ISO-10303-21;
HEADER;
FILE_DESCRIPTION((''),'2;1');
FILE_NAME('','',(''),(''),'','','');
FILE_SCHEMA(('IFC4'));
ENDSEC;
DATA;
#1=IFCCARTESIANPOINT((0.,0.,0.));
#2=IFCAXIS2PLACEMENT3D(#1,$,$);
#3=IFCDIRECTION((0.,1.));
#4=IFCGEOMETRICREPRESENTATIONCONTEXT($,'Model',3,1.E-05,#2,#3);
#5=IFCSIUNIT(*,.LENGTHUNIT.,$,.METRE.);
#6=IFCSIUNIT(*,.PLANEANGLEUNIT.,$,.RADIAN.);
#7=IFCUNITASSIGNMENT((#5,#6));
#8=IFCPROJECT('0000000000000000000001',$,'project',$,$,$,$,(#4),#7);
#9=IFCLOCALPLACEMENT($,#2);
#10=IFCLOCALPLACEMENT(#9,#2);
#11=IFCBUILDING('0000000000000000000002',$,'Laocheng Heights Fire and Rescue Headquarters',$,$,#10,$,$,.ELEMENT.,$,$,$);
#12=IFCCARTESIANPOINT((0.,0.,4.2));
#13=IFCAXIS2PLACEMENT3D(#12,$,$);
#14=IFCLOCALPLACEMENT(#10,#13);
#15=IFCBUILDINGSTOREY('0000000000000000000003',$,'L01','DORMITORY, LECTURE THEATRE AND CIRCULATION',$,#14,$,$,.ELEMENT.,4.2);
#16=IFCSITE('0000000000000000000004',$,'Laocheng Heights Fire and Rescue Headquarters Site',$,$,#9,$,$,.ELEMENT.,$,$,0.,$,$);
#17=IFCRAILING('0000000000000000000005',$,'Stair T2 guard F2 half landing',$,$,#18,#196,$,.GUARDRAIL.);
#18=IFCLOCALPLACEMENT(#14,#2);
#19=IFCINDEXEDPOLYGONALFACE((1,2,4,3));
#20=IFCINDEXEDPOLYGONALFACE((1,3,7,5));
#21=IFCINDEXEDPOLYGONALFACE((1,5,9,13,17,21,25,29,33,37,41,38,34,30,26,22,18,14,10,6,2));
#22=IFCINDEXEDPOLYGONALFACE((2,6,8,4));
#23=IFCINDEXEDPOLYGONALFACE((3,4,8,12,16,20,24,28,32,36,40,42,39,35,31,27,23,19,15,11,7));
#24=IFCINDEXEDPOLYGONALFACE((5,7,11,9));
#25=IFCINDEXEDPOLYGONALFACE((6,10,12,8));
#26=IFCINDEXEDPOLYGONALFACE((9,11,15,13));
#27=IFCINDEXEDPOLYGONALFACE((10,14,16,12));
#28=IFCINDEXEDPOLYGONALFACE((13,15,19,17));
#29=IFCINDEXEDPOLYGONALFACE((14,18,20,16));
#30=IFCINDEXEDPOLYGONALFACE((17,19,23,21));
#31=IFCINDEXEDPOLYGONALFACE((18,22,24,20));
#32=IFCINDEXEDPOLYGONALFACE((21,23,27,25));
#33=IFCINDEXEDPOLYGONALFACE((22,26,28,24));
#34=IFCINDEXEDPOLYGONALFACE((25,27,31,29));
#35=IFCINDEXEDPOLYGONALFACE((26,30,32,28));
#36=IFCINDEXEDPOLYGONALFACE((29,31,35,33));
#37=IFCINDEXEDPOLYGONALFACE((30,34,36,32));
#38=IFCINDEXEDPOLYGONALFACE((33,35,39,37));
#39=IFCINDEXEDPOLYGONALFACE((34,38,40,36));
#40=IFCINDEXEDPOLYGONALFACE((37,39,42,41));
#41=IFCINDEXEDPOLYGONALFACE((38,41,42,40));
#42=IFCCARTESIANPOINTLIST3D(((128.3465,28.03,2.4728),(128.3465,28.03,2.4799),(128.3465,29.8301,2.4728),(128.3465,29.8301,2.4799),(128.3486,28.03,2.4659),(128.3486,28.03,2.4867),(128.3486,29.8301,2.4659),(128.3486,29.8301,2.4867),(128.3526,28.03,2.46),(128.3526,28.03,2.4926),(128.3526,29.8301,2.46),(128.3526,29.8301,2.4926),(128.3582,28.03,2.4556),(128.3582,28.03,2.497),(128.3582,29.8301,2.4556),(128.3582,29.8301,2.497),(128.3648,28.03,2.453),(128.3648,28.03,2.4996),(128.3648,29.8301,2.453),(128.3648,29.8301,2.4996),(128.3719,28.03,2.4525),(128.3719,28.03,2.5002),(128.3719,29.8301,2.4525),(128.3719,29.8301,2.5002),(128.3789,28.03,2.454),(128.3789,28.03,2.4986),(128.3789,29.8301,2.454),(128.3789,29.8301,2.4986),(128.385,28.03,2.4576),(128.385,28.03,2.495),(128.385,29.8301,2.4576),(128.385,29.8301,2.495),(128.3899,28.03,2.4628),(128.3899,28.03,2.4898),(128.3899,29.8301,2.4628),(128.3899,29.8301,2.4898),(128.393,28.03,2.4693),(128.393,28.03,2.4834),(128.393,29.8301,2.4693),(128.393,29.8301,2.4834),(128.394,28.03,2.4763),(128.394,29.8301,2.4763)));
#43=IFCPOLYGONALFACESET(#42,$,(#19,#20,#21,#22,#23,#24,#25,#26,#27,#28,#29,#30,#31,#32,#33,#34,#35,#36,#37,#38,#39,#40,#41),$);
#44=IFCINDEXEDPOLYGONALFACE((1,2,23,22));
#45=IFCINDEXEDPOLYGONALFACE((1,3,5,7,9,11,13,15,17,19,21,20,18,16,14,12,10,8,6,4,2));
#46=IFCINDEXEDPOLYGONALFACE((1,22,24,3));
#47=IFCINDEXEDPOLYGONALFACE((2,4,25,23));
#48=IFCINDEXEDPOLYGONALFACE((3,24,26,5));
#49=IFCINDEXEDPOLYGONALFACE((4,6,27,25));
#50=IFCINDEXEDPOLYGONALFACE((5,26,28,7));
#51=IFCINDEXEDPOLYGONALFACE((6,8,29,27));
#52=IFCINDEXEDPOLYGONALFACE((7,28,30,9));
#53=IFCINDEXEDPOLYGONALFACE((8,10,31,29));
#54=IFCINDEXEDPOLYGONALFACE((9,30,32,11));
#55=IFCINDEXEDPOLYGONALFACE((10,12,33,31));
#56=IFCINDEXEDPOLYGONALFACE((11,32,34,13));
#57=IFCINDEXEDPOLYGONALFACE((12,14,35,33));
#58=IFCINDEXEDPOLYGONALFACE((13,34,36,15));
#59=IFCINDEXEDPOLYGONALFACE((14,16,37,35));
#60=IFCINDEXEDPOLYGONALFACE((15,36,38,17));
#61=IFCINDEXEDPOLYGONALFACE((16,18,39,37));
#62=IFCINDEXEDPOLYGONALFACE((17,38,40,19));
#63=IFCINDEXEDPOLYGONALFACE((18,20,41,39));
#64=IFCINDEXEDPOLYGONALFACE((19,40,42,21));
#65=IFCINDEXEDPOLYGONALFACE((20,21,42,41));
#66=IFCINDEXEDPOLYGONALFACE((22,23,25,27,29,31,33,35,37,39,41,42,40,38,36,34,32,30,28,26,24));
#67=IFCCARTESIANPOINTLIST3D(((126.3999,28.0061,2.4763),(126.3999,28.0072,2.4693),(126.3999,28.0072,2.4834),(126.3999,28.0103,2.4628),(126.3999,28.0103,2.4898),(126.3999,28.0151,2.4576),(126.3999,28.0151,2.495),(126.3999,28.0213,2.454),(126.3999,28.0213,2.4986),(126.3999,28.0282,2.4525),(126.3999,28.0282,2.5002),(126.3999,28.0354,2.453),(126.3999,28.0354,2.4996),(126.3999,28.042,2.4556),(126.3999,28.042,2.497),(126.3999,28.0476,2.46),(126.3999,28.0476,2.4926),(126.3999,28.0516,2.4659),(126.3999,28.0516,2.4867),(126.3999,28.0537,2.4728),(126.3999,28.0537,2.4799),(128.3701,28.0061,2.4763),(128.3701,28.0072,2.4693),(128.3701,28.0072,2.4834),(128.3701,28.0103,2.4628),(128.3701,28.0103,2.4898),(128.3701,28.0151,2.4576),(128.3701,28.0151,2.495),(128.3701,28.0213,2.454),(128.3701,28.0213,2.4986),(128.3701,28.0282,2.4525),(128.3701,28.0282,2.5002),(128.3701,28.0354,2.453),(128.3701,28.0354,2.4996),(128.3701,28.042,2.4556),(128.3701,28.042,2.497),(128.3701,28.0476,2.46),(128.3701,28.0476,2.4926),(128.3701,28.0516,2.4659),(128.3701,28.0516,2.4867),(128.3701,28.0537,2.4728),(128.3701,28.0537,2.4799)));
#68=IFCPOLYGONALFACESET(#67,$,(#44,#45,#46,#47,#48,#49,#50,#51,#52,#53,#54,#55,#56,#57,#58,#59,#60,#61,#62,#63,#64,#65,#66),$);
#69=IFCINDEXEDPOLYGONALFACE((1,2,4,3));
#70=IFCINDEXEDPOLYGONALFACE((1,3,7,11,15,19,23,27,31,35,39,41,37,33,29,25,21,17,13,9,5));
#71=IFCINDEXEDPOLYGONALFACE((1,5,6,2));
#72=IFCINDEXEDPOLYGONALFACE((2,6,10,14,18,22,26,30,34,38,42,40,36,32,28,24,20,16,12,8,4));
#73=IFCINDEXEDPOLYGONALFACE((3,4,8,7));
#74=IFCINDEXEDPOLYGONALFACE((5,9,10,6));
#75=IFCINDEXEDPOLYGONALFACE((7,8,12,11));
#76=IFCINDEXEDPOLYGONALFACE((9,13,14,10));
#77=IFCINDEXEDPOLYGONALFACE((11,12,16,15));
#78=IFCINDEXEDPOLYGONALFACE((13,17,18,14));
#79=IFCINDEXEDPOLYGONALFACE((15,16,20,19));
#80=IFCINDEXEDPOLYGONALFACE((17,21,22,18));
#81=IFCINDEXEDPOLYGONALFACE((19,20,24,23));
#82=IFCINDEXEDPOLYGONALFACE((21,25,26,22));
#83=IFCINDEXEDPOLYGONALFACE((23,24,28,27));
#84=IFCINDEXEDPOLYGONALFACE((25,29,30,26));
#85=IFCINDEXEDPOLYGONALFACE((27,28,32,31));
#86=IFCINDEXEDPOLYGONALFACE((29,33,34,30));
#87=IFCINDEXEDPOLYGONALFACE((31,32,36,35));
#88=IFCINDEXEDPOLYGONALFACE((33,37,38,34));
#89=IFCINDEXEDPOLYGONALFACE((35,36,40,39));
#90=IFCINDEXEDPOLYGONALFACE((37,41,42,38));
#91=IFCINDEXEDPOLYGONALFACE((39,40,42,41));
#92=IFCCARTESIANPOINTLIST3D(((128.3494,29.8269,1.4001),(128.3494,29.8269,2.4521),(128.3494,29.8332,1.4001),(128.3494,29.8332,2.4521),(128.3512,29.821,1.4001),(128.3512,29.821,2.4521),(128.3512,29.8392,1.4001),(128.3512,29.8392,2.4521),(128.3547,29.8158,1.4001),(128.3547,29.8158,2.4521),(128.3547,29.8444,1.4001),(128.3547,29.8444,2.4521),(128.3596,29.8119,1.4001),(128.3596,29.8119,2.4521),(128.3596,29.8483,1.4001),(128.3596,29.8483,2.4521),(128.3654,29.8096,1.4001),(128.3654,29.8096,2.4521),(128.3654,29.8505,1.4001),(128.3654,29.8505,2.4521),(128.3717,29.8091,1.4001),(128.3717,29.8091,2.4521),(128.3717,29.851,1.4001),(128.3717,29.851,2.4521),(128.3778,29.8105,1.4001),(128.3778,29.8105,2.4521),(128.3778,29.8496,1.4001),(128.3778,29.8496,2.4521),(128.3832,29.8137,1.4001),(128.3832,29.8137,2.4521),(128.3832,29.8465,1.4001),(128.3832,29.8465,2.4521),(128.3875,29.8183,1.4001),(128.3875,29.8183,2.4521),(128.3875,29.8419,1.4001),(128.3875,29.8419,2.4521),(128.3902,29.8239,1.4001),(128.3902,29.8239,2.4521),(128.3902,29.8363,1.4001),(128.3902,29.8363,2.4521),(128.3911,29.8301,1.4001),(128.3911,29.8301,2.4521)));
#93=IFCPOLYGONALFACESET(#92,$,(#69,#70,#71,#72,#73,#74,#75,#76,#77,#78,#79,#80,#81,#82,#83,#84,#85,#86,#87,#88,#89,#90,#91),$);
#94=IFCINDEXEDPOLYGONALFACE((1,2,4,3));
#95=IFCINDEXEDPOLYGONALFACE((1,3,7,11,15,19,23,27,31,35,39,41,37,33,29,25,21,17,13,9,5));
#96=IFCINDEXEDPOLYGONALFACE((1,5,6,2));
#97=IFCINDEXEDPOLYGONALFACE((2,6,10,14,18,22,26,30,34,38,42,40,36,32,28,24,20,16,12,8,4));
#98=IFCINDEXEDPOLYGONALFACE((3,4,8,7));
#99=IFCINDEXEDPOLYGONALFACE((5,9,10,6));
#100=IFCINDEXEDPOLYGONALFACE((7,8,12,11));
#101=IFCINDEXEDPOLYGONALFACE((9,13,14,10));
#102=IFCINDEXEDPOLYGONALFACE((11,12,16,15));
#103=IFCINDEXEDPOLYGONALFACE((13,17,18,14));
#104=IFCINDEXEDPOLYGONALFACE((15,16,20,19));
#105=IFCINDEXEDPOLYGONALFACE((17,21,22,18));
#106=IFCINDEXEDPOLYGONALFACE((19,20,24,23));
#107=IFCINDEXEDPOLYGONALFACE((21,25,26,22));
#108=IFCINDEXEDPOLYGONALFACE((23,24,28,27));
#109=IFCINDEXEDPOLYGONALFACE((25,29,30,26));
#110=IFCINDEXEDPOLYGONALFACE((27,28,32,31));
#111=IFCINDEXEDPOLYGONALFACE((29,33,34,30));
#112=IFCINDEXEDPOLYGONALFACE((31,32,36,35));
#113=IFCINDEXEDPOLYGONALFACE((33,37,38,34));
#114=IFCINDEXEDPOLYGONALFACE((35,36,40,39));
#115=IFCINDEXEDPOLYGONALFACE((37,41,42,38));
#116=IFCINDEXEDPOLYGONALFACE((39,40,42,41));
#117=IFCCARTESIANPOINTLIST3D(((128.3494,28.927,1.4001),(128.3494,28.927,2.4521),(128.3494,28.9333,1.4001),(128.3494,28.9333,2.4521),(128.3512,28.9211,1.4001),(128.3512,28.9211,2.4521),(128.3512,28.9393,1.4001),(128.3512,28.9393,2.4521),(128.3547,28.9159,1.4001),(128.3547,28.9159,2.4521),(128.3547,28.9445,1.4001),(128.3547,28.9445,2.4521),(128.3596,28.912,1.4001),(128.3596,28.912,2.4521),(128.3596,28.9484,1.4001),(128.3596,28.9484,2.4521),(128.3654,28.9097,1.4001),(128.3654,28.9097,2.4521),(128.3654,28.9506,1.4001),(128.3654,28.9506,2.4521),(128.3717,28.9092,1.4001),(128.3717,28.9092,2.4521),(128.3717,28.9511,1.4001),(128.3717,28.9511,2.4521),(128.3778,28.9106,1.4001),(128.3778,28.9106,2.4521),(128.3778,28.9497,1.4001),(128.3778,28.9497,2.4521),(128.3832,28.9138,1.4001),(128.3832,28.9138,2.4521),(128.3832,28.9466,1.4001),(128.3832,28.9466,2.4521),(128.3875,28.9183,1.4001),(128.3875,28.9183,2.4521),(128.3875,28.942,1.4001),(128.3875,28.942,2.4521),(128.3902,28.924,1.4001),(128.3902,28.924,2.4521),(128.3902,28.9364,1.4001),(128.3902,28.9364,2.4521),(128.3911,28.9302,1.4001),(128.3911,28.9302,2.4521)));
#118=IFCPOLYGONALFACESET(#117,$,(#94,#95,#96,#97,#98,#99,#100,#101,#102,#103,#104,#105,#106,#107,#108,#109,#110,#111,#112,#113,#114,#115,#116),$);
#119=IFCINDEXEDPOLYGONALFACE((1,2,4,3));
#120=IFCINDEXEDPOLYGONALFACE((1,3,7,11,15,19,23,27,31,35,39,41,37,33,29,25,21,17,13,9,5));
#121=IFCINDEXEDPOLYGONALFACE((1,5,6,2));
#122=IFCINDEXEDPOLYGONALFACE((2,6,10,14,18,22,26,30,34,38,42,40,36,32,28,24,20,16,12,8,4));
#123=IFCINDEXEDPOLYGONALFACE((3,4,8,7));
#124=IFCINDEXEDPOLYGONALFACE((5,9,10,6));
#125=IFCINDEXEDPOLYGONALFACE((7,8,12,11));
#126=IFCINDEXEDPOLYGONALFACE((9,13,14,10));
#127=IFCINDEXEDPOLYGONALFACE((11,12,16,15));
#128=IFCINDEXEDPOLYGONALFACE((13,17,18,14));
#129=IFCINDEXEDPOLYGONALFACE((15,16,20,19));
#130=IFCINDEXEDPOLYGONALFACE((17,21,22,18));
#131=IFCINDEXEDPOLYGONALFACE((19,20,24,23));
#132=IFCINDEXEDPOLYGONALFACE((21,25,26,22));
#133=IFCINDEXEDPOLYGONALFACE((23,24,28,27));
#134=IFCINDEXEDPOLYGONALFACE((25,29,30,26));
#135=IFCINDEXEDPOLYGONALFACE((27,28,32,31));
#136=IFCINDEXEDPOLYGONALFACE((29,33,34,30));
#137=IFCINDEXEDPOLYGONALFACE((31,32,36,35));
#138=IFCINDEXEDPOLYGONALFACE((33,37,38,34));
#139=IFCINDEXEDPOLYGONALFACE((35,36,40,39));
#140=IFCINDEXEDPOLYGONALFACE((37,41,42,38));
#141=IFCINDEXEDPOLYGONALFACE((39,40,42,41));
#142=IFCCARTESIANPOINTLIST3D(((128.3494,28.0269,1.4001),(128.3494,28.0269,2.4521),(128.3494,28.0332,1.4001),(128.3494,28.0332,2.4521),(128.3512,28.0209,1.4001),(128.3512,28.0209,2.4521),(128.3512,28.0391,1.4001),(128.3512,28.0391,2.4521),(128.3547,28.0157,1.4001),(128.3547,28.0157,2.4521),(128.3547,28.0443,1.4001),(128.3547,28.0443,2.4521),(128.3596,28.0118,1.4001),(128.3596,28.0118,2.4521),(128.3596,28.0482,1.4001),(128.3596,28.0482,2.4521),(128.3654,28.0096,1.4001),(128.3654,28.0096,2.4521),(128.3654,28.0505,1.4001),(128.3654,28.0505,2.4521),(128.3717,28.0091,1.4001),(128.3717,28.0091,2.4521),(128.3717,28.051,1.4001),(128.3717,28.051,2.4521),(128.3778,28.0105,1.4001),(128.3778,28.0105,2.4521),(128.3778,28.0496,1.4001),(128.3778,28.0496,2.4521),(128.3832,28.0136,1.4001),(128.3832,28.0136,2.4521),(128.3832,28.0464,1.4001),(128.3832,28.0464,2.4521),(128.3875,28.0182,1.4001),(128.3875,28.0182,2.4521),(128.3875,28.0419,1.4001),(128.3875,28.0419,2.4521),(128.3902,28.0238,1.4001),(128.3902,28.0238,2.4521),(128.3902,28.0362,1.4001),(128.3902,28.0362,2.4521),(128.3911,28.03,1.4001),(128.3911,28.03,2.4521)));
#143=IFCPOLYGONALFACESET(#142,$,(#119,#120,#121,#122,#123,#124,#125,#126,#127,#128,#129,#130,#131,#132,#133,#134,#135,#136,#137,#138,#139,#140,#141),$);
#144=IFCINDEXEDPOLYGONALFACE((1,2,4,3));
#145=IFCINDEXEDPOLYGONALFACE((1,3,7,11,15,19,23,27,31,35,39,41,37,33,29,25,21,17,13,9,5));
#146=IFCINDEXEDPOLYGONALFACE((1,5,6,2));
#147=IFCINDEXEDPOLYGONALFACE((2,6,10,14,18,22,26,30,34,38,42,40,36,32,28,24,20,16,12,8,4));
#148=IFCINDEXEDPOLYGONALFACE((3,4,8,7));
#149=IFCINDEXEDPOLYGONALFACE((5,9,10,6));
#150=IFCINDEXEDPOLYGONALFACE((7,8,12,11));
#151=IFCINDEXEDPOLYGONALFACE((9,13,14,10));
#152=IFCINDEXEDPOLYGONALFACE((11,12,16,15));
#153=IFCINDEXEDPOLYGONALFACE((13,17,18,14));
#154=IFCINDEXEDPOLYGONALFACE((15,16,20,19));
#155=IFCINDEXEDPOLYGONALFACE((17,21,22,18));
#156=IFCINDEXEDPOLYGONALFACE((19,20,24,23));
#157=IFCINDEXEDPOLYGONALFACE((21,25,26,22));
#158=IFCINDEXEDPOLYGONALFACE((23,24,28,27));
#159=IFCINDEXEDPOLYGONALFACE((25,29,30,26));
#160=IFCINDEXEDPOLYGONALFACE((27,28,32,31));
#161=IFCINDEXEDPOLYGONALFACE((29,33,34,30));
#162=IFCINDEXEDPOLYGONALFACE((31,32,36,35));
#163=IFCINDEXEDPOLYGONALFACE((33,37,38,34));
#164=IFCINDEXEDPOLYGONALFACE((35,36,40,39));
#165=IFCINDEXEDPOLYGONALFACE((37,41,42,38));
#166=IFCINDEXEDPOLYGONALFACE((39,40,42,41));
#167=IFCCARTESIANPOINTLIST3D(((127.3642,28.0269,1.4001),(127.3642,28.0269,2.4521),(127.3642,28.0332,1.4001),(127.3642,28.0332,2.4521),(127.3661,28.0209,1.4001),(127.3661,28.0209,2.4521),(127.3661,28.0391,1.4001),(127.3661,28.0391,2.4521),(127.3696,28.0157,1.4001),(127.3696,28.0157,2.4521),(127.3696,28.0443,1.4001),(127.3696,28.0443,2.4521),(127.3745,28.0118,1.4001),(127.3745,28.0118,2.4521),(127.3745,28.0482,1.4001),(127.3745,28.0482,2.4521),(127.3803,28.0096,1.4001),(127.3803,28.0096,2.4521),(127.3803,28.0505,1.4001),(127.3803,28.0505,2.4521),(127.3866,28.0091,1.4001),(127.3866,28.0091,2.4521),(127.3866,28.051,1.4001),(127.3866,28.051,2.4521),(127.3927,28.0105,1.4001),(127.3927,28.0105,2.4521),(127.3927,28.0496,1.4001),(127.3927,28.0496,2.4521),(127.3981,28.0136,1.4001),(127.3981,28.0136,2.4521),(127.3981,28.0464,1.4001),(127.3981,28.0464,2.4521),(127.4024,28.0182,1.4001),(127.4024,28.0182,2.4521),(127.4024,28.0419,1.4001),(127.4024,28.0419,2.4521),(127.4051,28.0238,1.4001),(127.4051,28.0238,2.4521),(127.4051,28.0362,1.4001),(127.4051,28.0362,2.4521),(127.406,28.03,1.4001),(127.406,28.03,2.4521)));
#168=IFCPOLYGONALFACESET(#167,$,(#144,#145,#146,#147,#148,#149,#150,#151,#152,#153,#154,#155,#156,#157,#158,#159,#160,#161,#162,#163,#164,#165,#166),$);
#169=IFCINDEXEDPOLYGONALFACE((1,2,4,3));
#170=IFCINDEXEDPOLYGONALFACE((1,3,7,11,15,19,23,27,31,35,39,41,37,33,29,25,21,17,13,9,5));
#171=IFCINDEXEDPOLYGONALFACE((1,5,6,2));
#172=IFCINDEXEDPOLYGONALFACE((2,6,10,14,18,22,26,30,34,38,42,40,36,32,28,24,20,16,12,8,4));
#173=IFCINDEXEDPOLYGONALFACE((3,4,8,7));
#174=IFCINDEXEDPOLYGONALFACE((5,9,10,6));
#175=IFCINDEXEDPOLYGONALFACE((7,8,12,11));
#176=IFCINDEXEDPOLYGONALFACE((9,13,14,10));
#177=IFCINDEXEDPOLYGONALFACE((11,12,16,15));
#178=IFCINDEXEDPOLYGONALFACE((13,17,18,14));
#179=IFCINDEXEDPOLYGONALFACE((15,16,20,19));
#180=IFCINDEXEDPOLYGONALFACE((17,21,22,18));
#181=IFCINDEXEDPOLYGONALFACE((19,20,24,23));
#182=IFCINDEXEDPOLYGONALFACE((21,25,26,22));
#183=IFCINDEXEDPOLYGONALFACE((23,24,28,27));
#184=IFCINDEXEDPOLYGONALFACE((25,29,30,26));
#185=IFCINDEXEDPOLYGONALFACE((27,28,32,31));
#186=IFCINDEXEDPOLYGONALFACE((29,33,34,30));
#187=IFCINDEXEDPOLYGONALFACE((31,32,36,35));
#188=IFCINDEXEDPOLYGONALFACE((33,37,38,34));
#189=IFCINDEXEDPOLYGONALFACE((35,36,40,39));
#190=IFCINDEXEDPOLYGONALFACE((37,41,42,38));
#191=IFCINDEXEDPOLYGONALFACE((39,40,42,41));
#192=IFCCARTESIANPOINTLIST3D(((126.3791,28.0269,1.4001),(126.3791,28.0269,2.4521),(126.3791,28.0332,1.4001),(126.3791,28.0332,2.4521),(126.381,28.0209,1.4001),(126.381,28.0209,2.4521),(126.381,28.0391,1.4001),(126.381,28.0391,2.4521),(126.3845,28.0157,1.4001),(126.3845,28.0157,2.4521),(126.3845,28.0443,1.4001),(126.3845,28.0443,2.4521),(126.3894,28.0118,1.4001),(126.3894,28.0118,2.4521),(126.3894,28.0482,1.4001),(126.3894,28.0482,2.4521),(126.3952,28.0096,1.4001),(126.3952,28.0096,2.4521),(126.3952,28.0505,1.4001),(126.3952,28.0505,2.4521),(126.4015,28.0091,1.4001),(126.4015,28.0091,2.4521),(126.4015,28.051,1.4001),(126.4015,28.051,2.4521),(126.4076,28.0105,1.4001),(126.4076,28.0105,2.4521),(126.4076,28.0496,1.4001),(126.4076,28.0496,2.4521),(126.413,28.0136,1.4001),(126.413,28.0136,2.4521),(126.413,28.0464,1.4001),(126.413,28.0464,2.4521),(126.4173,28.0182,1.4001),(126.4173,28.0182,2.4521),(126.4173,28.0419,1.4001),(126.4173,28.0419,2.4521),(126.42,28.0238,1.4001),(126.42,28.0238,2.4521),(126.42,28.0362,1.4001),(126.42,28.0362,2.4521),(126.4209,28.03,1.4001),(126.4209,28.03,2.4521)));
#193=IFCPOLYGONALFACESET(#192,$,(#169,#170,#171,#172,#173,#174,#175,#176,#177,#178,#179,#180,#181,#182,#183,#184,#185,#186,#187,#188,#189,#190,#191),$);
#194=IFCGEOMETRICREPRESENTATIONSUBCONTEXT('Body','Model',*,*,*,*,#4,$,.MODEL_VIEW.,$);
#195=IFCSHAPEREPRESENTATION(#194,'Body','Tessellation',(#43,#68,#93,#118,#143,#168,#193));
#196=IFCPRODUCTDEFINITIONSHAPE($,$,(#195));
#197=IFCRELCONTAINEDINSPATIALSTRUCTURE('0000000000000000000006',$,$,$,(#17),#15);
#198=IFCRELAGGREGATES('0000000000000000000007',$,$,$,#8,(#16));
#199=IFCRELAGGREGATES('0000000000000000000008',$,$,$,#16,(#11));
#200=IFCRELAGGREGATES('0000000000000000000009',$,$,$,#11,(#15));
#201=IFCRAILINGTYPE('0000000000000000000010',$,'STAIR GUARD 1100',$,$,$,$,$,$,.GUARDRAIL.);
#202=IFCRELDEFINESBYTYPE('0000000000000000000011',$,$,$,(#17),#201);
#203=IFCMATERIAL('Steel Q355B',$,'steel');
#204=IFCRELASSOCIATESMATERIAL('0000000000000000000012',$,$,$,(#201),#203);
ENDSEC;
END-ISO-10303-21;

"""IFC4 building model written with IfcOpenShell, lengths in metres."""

from ifc_helpers import new_model, si_unit, direction, frame, origin, origin_2d, place, context, subcontext, project, spatial, circle, extrude, material, type_object, element, save


model = new_model("IFC4")

# Units and contexts
model_context = context("Model", 3, precision=1e-05, world=origin(), true_north=direction((0.0, 1.0)))
body_context = subcontext(model_context, "Body", "Model", "MODEL_VIEW")
ifc_project = project(units=[si_unit("LENGTHUNIT", "METRE"), si_unit("PLANEANGLEUNIT", "RADIAN")], contexts=[model_context])

# Site, building, storey
site_placement = place(None, origin())
site = spatial("IfcSite", under=ifc_project, at=site_placement, Name="Laocheng Heights Fire and Rescue Headquarters Site", CompositionType="ELEMENT", RefElevation=0.0)
building_placement = place(site_placement, origin())
building = spatial("IfcBuilding", under=site, at=building_placement, Name="Laocheng Heights Fire and Rescue Headquarters", CompositionType="ELEMENT")
storey_placement = place(building_placement, frame((0.0, 0.0, 4.2)))
storey = spatial("IfcBuildingStorey", under=building, at=storey_placement, Name="L01", Description="DORMITORY, LECTURE THEATRE AND CIRCULATION", CompositionType="ELEMENT", Elevation=4.2)

# Railing
ifc_material_1 = material(Name="Steel Q355B", Category="steel")
railing_type_1 = type_object("IfcRailingType", Name="STAIR GUARD 1100", PredefinedType="GUARDRAIL", material=ifc_material_1)
railing_1_placement = place(storey_placement, frame((128.3701, 29.8301, 1.4001)))
element("IfcRailing", 1, at=railing_1_placement, inside=storey, type_object=railing_type_1, Name="Stair T2 guard F2 half landing", PredefinedType="GUARDRAIL", context=body_context, shape_type="SweptSolid", body=[
    extrude(circle(Radius=0.0239, at=origin_2d()), frame((0.0, 0.0, 1.0762), z_axis=(0.0, -1.0, 0.0), x_axis=(1.0, 0.0, 0.0)), (0.0, 0.0, 1.0), 1.8),
    extrude(circle(Radius=0.0239, at=origin_2d()), frame((0.0, -1.8, 1.0762), z_axis=(-1.0, 0.0, 0.0), x_axis=(0.0, -1.0, 0.0)), (0.0, 0.0, 1.0), 1.9702),
    extrude(circle(Radius=0.021, at=origin_2d()), origin(), (0.0, 0.0, 1.0), 1.052),
    extrude(circle(Radius=0.021, at=origin_2d()), frame((0.0, -0.8999, 0.0)), (0.0, 0.0, 1.0), 1.052),
    extrude(circle(Radius=0.021, at=origin_2d()), frame((0.0, -1.8, 0.0)), (0.0, 0.0, 1.0), 1.052),
    extrude(circle(Radius=0.021, at=origin_2d()), frame((-0.9851, -1.8, 0.0)), (0.0, 0.0, 1.0), 1.052),
    extrude(circle(Radius=0.021, at=origin_2d()), frame((-1.9702, -1.8, 0.0)), (0.0, 0.0, 1.0), 1.052),
])

save(model, "model.ifc")
